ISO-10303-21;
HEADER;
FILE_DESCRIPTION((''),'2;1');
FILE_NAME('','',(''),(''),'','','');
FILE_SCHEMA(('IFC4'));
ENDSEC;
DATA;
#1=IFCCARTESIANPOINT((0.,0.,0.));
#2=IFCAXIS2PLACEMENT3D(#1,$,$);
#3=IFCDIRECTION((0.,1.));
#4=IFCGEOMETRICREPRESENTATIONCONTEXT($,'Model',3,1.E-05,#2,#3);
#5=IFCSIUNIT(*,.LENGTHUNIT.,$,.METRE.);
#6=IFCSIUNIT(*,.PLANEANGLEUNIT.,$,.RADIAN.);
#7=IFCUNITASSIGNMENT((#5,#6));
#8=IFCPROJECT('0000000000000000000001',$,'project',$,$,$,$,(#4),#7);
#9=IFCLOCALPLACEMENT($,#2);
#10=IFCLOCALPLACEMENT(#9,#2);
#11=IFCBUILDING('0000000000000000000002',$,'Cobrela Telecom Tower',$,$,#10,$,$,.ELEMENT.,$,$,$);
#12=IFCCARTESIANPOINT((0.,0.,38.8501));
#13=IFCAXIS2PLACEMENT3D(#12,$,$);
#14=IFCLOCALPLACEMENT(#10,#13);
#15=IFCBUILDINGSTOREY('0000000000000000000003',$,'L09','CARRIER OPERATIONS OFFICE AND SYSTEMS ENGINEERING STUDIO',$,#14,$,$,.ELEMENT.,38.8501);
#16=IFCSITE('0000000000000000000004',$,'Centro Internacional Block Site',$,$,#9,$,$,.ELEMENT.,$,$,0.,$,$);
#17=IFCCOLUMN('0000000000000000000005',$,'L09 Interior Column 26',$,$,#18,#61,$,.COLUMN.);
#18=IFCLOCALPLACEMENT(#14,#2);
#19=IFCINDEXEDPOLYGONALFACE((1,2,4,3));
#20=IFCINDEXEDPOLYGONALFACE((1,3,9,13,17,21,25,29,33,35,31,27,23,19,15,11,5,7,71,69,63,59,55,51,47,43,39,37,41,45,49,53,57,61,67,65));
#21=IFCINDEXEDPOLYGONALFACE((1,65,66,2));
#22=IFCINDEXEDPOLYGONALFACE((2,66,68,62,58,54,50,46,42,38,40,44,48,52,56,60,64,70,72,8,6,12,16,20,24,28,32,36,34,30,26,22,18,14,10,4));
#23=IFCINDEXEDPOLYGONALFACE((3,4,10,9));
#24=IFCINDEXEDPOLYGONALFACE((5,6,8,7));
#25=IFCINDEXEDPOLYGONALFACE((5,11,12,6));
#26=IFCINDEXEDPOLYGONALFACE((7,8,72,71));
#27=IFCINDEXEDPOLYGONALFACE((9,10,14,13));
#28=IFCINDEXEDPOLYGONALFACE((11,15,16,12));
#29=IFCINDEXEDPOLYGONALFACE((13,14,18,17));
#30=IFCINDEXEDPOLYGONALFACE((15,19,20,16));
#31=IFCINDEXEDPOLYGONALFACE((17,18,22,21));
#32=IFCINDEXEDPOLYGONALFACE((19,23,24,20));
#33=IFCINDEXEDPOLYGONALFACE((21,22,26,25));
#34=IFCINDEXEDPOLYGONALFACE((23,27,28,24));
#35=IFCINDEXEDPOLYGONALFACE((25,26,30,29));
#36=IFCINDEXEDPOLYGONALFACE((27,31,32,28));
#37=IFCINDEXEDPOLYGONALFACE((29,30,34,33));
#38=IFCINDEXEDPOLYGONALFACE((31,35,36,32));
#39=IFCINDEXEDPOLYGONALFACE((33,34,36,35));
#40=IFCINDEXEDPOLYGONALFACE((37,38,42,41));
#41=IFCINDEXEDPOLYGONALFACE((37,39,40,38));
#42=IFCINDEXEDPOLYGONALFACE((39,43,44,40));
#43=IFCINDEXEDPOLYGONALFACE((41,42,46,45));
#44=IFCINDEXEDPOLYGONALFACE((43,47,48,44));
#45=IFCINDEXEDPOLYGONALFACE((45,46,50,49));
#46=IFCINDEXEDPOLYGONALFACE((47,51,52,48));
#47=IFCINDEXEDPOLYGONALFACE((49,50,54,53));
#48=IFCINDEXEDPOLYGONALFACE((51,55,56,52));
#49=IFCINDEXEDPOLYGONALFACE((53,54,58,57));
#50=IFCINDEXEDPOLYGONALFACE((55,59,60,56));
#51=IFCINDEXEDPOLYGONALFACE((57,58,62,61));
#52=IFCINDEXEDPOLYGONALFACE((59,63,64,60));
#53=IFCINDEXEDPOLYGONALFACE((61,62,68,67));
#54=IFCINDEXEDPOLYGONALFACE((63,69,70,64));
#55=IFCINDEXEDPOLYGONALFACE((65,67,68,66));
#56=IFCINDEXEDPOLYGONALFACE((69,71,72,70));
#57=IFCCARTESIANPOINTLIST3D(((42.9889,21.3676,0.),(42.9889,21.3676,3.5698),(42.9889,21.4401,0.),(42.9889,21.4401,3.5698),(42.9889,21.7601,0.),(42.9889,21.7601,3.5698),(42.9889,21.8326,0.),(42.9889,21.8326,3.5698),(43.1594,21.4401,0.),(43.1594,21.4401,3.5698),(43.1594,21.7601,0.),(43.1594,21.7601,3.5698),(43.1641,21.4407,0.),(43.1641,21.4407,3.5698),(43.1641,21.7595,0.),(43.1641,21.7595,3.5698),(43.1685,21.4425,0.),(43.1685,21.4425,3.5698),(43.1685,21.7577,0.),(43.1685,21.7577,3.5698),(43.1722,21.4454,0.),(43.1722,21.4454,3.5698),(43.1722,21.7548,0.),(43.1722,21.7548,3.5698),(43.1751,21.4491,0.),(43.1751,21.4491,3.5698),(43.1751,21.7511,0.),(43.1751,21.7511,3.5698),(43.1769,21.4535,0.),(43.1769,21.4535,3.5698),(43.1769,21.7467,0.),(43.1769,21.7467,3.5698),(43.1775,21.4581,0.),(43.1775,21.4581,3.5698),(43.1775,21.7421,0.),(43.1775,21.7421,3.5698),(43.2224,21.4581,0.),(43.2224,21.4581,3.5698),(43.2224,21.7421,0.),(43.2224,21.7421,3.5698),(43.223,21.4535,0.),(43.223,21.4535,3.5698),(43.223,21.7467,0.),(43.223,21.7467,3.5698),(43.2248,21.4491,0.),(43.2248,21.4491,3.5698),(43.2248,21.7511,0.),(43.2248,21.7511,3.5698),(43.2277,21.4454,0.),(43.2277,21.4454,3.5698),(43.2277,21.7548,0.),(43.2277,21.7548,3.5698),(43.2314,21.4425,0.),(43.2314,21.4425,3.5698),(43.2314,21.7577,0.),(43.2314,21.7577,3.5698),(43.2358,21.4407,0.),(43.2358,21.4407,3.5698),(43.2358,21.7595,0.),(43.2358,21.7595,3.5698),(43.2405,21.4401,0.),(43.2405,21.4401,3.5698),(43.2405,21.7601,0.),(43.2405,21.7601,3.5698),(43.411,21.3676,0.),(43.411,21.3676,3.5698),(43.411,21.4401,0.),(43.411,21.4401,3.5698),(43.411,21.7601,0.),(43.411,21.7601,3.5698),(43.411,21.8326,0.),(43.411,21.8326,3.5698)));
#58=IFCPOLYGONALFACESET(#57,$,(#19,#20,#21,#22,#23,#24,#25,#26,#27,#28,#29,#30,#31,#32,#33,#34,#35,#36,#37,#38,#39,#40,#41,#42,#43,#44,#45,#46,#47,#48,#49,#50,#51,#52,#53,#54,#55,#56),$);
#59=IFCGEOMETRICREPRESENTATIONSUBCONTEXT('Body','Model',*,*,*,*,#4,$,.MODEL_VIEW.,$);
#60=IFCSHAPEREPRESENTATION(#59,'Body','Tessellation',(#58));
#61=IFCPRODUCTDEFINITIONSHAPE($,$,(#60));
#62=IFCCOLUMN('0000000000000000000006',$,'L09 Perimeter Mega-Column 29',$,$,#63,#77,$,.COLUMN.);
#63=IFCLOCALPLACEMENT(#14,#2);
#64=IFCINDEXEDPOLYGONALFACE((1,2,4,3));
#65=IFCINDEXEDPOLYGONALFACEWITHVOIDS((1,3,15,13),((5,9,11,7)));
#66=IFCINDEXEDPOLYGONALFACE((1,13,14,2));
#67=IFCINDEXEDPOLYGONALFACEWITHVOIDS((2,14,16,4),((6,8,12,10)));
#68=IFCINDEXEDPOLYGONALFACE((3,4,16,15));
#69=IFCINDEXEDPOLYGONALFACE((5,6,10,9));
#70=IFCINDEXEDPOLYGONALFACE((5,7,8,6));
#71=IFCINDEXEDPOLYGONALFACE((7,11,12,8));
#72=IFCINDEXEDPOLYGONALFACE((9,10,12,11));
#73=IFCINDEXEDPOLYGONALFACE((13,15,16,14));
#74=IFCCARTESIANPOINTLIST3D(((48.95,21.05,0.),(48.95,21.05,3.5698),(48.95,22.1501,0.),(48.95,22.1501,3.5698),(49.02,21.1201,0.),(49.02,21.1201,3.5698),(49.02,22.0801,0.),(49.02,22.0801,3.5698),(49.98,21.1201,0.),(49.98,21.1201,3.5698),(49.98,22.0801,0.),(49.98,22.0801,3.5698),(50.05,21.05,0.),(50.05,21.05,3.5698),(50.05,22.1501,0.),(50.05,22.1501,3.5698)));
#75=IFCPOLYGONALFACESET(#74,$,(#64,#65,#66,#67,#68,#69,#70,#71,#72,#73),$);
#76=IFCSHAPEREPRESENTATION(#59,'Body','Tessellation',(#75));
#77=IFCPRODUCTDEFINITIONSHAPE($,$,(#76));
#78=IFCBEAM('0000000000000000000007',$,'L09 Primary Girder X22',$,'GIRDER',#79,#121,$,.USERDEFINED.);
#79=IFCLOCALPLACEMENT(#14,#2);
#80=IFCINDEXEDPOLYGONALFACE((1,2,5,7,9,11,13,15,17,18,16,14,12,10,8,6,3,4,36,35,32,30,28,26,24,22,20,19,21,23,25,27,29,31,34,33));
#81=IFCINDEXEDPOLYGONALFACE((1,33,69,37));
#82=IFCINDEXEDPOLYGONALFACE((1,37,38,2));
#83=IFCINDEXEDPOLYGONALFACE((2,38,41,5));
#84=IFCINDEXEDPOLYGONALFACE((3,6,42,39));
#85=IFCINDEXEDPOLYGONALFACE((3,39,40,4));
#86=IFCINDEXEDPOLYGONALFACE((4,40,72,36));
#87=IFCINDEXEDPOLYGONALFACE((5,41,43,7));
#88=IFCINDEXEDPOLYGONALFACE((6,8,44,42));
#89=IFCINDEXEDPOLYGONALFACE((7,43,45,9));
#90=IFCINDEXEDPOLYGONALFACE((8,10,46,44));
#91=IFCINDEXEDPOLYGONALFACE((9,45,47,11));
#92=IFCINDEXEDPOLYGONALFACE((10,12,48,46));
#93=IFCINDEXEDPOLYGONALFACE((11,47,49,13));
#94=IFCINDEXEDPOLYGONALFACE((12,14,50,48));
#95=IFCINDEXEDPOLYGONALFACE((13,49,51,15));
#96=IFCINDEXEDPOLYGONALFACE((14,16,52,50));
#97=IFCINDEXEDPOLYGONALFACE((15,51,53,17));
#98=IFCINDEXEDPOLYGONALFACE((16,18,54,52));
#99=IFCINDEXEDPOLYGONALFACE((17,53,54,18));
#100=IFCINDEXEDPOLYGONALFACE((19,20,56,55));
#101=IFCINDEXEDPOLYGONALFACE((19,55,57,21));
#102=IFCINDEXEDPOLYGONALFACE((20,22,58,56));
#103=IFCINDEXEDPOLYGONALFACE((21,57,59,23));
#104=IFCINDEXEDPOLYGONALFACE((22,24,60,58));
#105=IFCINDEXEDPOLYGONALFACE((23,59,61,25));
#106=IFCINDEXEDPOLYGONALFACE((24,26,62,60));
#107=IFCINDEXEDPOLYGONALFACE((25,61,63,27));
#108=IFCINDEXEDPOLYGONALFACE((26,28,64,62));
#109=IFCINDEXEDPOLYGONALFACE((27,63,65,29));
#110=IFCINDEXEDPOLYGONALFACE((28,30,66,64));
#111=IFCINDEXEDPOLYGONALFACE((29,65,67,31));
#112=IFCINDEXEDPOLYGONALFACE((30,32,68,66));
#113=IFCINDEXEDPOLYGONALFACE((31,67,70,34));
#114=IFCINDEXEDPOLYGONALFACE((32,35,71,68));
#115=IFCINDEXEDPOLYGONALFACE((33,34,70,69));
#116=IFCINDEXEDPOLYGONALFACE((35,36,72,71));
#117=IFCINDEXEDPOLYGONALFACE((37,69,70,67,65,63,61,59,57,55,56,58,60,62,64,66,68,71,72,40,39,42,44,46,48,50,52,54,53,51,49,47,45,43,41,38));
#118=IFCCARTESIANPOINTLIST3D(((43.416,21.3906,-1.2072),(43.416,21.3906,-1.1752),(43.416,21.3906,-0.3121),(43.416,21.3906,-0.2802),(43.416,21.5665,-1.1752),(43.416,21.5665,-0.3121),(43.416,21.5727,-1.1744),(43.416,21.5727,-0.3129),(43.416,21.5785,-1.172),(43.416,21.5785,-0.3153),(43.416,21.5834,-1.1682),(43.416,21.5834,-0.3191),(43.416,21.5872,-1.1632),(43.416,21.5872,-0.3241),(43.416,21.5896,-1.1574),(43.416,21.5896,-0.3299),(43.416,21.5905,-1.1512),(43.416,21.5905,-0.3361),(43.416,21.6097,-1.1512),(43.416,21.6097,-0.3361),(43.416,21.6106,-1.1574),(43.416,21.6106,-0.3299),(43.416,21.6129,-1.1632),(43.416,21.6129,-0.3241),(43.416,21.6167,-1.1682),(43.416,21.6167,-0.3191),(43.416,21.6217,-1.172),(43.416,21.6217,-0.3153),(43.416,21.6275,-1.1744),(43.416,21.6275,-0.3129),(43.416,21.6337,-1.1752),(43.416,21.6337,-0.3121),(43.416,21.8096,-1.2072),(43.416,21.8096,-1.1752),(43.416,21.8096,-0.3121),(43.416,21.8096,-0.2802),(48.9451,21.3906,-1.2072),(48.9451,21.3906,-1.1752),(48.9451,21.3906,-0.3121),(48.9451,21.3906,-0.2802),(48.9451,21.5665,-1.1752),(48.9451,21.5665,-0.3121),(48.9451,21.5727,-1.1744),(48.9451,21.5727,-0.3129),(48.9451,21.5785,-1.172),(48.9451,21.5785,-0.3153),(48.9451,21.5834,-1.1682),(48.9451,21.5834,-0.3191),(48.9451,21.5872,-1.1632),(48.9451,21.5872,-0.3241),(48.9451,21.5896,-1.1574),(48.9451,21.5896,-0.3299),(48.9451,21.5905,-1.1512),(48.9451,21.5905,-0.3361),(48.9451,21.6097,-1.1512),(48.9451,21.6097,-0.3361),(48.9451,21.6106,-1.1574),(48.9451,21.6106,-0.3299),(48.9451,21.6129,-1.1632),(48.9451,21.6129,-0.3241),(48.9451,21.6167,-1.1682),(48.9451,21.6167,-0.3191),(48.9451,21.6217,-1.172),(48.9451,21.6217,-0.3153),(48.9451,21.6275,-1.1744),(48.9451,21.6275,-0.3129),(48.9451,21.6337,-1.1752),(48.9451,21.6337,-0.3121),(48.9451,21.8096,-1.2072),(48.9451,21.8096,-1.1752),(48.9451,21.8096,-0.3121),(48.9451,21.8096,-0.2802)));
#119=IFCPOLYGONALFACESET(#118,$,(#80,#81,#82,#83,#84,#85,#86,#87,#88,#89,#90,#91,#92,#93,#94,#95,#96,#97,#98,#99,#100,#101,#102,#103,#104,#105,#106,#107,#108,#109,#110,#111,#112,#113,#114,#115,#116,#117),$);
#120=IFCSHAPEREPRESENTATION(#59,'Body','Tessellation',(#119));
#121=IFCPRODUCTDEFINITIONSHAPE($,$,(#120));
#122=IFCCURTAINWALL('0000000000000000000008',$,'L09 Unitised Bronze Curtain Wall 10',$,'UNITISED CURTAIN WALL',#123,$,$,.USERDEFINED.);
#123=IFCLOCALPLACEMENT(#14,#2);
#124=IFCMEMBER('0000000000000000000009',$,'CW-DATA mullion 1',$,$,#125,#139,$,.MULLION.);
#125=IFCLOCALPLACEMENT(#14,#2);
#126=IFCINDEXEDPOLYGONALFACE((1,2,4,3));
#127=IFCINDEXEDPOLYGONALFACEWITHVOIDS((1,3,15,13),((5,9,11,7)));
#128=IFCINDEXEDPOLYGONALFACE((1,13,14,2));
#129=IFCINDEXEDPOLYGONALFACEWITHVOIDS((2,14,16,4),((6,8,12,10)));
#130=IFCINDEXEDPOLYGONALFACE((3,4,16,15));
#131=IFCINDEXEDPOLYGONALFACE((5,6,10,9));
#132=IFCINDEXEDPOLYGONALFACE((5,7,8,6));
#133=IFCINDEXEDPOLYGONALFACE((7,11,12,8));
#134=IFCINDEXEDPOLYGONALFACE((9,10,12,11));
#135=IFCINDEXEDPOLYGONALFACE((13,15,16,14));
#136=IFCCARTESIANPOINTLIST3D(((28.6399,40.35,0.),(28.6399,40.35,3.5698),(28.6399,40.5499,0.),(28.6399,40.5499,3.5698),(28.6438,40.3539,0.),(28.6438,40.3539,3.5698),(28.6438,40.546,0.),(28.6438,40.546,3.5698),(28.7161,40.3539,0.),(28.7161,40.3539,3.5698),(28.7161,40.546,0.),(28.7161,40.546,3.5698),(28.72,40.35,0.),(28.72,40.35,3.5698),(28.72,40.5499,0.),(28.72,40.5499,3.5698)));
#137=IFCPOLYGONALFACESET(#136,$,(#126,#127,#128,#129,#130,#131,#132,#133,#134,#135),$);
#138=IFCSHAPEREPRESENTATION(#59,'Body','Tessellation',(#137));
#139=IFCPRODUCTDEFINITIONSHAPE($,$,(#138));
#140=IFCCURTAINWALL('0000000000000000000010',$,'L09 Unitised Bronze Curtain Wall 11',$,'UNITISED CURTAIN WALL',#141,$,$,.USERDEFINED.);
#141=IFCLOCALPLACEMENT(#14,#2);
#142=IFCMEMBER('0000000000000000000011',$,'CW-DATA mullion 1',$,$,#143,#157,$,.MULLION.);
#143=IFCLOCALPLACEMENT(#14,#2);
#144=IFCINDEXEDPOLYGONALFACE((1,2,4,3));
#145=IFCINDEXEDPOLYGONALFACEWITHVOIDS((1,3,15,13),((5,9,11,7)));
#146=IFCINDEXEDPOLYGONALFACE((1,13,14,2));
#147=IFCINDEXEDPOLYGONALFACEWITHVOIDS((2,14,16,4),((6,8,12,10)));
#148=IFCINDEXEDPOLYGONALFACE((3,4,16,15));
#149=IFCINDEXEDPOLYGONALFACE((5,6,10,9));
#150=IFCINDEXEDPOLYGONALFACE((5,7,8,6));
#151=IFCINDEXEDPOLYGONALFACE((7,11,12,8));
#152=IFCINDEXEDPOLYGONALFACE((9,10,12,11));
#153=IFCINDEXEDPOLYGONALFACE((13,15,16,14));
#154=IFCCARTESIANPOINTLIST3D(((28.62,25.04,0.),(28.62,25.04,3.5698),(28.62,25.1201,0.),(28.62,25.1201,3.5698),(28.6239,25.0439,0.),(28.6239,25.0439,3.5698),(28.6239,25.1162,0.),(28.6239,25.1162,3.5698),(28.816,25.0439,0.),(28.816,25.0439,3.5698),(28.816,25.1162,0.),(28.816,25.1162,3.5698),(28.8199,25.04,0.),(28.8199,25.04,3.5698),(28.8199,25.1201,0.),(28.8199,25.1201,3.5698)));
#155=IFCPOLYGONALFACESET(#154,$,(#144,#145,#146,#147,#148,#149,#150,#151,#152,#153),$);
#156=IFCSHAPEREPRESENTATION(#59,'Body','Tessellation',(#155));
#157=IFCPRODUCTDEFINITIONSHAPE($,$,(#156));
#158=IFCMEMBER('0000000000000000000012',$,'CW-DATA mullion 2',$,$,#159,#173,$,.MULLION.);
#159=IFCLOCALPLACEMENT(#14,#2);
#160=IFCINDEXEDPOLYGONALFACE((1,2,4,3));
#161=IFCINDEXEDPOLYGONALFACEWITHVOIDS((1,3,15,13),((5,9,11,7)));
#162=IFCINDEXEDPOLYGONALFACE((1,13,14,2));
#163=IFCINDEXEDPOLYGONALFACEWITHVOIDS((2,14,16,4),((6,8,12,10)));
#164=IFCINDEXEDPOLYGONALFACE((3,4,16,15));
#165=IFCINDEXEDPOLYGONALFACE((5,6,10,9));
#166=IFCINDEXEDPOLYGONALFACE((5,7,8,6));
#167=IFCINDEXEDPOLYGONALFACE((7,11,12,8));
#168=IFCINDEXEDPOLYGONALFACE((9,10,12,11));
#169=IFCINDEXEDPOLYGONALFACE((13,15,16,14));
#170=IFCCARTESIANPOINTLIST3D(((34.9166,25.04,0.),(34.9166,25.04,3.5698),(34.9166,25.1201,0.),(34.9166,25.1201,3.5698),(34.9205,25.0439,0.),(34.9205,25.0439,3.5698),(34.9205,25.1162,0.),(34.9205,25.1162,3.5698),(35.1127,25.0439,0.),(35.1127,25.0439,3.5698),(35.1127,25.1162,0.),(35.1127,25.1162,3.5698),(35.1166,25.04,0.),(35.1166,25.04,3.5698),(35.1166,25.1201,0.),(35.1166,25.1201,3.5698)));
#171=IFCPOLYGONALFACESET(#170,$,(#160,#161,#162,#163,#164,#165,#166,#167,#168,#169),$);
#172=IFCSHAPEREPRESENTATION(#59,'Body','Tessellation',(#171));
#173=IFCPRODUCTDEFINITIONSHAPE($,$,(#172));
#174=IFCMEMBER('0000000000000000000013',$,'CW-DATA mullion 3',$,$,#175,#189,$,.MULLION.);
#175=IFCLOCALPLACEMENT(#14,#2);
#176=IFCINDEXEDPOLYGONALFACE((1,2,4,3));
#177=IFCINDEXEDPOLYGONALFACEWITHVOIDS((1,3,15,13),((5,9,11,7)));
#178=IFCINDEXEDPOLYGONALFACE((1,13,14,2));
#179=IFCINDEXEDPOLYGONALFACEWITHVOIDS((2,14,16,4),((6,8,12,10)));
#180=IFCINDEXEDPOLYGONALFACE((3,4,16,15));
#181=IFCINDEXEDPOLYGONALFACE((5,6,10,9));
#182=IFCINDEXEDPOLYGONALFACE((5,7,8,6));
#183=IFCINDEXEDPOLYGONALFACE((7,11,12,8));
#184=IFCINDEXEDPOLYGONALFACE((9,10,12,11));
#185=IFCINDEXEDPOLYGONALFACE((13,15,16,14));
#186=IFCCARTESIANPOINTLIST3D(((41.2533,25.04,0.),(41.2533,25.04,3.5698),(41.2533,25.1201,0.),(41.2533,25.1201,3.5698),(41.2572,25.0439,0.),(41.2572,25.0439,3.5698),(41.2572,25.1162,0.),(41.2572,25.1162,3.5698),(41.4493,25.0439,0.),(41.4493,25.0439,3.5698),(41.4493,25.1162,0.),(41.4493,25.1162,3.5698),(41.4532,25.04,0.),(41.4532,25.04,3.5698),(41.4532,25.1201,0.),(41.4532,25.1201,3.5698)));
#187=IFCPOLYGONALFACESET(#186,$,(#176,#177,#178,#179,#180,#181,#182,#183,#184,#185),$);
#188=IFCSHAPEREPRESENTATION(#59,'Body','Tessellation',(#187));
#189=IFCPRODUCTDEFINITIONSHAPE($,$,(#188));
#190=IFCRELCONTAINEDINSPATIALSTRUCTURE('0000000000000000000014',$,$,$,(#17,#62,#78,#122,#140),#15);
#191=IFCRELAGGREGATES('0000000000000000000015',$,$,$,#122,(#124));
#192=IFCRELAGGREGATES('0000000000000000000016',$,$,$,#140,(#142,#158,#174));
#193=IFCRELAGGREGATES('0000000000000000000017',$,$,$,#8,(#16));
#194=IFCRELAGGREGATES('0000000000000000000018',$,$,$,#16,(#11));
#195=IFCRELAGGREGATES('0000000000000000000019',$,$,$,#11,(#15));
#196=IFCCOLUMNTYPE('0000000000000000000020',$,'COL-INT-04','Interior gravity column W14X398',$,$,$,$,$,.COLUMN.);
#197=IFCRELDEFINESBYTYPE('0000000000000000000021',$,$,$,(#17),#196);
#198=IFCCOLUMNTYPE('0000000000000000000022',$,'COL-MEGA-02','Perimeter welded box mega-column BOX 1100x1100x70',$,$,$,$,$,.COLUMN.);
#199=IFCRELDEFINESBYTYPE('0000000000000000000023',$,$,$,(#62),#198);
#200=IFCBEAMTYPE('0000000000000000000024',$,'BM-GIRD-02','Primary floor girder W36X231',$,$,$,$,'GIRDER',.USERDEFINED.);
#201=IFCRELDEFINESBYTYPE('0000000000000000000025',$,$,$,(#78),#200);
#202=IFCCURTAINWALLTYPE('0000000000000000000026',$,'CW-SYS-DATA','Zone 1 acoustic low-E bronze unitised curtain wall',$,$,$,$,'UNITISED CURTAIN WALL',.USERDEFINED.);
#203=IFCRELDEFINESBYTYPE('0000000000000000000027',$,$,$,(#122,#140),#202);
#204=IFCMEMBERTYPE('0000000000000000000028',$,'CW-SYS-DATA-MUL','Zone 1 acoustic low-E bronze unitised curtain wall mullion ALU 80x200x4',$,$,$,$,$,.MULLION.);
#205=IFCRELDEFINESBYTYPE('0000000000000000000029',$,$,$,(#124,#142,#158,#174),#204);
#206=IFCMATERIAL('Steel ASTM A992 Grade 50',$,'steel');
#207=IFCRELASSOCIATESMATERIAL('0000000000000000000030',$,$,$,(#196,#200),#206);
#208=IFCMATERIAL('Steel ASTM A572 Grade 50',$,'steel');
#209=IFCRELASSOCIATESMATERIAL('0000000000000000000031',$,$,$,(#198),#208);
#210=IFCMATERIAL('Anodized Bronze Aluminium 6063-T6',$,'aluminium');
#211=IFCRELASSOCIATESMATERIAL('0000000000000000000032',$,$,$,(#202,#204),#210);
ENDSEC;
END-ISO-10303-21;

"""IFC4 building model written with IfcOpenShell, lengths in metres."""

from ifc_helpers import new_model, si_unit, direction, frame, origin, origin_2d, place, context, subcontext, project, spatial, hollow_rectangle, i_section, extrude, material, material_profile, profile_set, type_object, element, aggregate, save


model = new_model("IFC4")

# Units and contexts
model_context = context("Model", 3, precision=1e-05, world=origin(), true_north=direction((0.0, 1.0)))
body_context = subcontext(model_context, "Body", "Model", "MODEL_VIEW")
ifc_project = project(units=[si_unit("LENGTHUNIT", "METRE"), si_unit("PLANEANGLEUNIT", "RADIAN")], contexts=[model_context])

# Site, building, storey
site_placement = place(None, origin())
site = spatial("IfcSite", under=ifc_project, at=site_placement, Name="Centro Internacional Block Site", CompositionType="ELEMENT", RefElevation=0.0)
building_placement = place(site_placement, origin())
building = spatial("IfcBuilding", under=site, at=building_placement, Name="Cobrela Telecom Tower", CompositionType="ELEMENT")
storey_placement = place(building_placement, frame((0.0, 0.0, 38.8501)))
storey = spatial("IfcBuildingStorey", under=building, at=storey_placement, Name="L09", Description="CARRIER OPERATIONS OFFICE AND SYSTEMS ENGINEERING STUDIO", CompositionType="ELEMENT", Elevation=38.8501)

# Columns
ifc_material_1 = material(Name="Steel ASTM A992 Grade 50", Category="steel")
ifc_material_profile_1 = material_profile(ifc_material_1, i_section(OverallWidth=0.4221, OverallDepth=0.4651, WebThickness=0.0449, FlangeThickness=0.0725, FilletRadius=0.0181, at=origin_2d()), Name="W14X398")
ifc_profile_set_1 = profile_set([ifc_material_profile_1], Name="Steel ASTM A992 Grade 50")
column_type_1 = type_object("IfcColumnType", Name="COL-INT-04", Description="Interior gravity column W14X398", PredefinedType="COLUMN", material=ifc_profile_set_1)
column_1_placement = place(storey_placement, frame((43.2, 21.6001, 0.0), z_axis=(0.0, 0.0, 1.0), x_axis=(1.0, 0.0, 0.0)))
element("IfcColumn", 1, at=column_1_placement, inside=storey, type_object=column_type_1, Name="L09 Interior Column 26", PredefinedType="COLUMN", context=body_context, shape_type="SweptSolid", body=[
    extrude(i_section(OverallWidth=0.4221, OverallDepth=0.4651, WebThickness=0.0449, FlangeThickness=0.0725, FilletRadius=0.0181, at=origin_2d()), origin(), (0.0, 0.0, 1.0), 3.5698),
])
ifc_material_2 = material(Name="Steel ASTM A572 Grade 50", Category="steel")
ifc_material_profile_2 = material_profile(ifc_material_2, hollow_rectangle(XDim=1.1001, YDim=1.1001, WallThickness=0.0701, at=origin_2d()), Name="BOX 1100x1100x70")
ifc_profile_set_2 = profile_set([ifc_material_profile_2], Name="Steel ASTM A572 Grade 50")
column_type_2 = type_object("IfcColumnType", Name="COL-MEGA-02", Description="Perimeter welded box mega-column BOX 1100x1100x70", PredefinedType="COLUMN", material=ifc_profile_set_2)
column_2_placement = place(storey_placement, frame((49.5, 21.6001, 0.0), z_axis=(0.0, 0.0, 1.0), x_axis=(1.0, 0.0, 0.0)))
element("IfcColumn", 2, at=column_2_placement, inside=storey, type_object=column_type_2, Name="L09 Perimeter Mega-Column 29", PredefinedType="COLUMN", context=body_context, shape_type="SweptSolid", body=[
    extrude(hollow_rectangle(XDim=1.1001, YDim=1.1001, WallThickness=0.0701, at=origin_2d()), origin(), (0.0, 0.0, 1.0), 3.5698),
])

# Beam
ifc_material_profile_3 = material_profile(ifc_material_1, i_section(OverallWidth=0.4189, OverallDepth=0.927, WebThickness=0.0193, FlangeThickness=0.032, FilletRadius=0.0239, at=origin_2d()), Name="W36X231")
ifc_profile_set_3 = profile_set([ifc_material_profile_3], Name="Steel ASTM A992 Grade 50")
beam_type = type_object("IfcBeamType", Name="BM-GIRD-02", Description="Primary floor girder W36X231", ElementType="GIRDER", PredefinedType="USERDEFINED", material=ifc_profile_set_3)
beam_placement = place(storey_placement, frame((43.416, 21.6001, -0.7437), z_axis=(1.0, 0.0, 0.0), x_axis=(0.0, 1.0, 0.0)))
element("IfcBeam", 3, at=beam_placement, inside=storey, type_object=beam_type, Name="L09 Primary Girder X22", ObjectType="GIRDER", PredefinedType="USERDEFINED", context=body_context, shape_type="SweptSolid", body=[
    extrude(i_section(OverallWidth=0.4189, OverallDepth=0.927, WebThickness=0.0193, FlangeThickness=0.032, FilletRadius=0.0239, at=origin_2d()), origin(), (0.0, 0.0, 1.0), 5.5291),
])

# Curtain wall, member
ifc_material_3 = material(Name="Anodized Bronze Aluminium 6063-T6", Category="aluminium")
curtain_wall_type = type_object("IfcCurtainWallType", Name="CW-SYS-DATA", Description="Zone 1 acoustic low-E bronze unitised curtain wall", ElementType="UNITISED CURTAIN WALL", PredefinedType="USERDEFINED", material=ifc_material_3)
curtain_wall_1_placement = place(storey_placement, origin())
curtain_wall_1 = element("IfcCurtainWall", 4, at=curtain_wall_1_placement, inside=storey, type_object=curtain_wall_type, Name="L09 Unitised Bronze Curtain Wall 10", ObjectType="UNITISED CURTAIN WALL", PredefinedType="USERDEFINED")
ifc_material_profile_4 = material_profile(ifc_material_3, hollow_rectangle(XDim=0.0801, YDim=0.2, WallThickness=0.0039, at=origin_2d()), Name="ALU 80x200x4")
ifc_profile_set_4 = profile_set([ifc_material_profile_4], Name="Anodized Bronze Aluminium 6063-T6")
member_type_1 = type_object("IfcMemberType", Name="CW-SYS-DATA-MUL", Description="Zone 1 acoustic low-E bronze unitised curtain wall mullion ALU 80x200x4", PredefinedType="MULLION", material=ifc_profile_set_4)
member_1_placement = place(storey_placement, frame((28.6799, 40.45, 0.0), z_axis=(0.0, 0.0, 1.0), x_axis=(1.0, 0.0, 0.0)))
member_1 = element("IfcMember", 5, at=member_1_placement, type_object=member_type_1, Name="CW-DATA mullion 1", PredefinedType="MULLION", context=body_context, shape_type="SweptSolid", body=[
    extrude(hollow_rectangle(XDim=0.0801, YDim=0.2, WallThickness=0.0039, at=origin_2d()), origin(), (0.0, 0.0, 1.0), 3.5698),
])
aggregate(curtain_wall_1, [member_1])

# Curtain wall, members
curtain_wall_2_placement = place(storey_placement, origin())
curtain_wall_2 = element("IfcCurtainWall", 6, at=curtain_wall_2_placement, inside=storey, type_object=curtain_wall_type, Name="L09 Unitised Bronze Curtain Wall 11", ObjectType="UNITISED CURTAIN WALL", PredefinedType="USERDEFINED")
member_2_placement = place(storey_placement, frame((28.72, 25.0801, 0.0), z_axis=(0.0, 0.0, 1.0), x_axis=(0.0, 1.0, 0.0)))
member_2 = element("IfcMember", 7, at=member_2_placement, type_object=member_type_1, Name="CW-DATA mullion 1", PredefinedType="MULLION", context=body_context, shape_type="SweptSolid", body=[
    extrude(hollow_rectangle(XDim=0.0801, YDim=0.2, WallThickness=0.0039, at=origin_2d()), origin(), (0.0, 0.0, 1.0), 3.5698),
])
member_3_placement = place(storey_placement, frame((35.0166, 25.0801, 0.0), z_axis=(0.0, 0.0, 1.0), x_axis=(0.0, 1.0, 0.0)))
member_3 = element("IfcMember", 8, at=member_3_placement, type_object=member_type_1, Name="CW-DATA mullion 2", PredefinedType="MULLION", context=body_context, shape_type="SweptSolid", body=[
    extrude(hollow_rectangle(XDim=0.0801, YDim=0.2, WallThickness=0.0039, at=origin_2d()), origin(), (0.0, 0.0, 1.0), 3.5698),
])
member_4_placement = place(storey_placement, frame((41.3533, 25.0801, 0.0), z_axis=(0.0, 0.0, 1.0), x_axis=(0.0, 1.0, 0.0)))
member_4 = element("IfcMember", 9, at=member_4_placement, type_object=member_type_1, Name="CW-DATA mullion 3", PredefinedType="MULLION", context=body_context, shape_type="SweptSolid", body=[
    extrude(hollow_rectangle(XDim=0.0801, YDim=0.2, WallThickness=0.0039, at=origin_2d()), origin(), (0.0, 0.0, 1.0), 3.5698),
])

aggregate(curtain_wall_2, [member_2, member_3, member_4])

save(model, "model.ifc")
